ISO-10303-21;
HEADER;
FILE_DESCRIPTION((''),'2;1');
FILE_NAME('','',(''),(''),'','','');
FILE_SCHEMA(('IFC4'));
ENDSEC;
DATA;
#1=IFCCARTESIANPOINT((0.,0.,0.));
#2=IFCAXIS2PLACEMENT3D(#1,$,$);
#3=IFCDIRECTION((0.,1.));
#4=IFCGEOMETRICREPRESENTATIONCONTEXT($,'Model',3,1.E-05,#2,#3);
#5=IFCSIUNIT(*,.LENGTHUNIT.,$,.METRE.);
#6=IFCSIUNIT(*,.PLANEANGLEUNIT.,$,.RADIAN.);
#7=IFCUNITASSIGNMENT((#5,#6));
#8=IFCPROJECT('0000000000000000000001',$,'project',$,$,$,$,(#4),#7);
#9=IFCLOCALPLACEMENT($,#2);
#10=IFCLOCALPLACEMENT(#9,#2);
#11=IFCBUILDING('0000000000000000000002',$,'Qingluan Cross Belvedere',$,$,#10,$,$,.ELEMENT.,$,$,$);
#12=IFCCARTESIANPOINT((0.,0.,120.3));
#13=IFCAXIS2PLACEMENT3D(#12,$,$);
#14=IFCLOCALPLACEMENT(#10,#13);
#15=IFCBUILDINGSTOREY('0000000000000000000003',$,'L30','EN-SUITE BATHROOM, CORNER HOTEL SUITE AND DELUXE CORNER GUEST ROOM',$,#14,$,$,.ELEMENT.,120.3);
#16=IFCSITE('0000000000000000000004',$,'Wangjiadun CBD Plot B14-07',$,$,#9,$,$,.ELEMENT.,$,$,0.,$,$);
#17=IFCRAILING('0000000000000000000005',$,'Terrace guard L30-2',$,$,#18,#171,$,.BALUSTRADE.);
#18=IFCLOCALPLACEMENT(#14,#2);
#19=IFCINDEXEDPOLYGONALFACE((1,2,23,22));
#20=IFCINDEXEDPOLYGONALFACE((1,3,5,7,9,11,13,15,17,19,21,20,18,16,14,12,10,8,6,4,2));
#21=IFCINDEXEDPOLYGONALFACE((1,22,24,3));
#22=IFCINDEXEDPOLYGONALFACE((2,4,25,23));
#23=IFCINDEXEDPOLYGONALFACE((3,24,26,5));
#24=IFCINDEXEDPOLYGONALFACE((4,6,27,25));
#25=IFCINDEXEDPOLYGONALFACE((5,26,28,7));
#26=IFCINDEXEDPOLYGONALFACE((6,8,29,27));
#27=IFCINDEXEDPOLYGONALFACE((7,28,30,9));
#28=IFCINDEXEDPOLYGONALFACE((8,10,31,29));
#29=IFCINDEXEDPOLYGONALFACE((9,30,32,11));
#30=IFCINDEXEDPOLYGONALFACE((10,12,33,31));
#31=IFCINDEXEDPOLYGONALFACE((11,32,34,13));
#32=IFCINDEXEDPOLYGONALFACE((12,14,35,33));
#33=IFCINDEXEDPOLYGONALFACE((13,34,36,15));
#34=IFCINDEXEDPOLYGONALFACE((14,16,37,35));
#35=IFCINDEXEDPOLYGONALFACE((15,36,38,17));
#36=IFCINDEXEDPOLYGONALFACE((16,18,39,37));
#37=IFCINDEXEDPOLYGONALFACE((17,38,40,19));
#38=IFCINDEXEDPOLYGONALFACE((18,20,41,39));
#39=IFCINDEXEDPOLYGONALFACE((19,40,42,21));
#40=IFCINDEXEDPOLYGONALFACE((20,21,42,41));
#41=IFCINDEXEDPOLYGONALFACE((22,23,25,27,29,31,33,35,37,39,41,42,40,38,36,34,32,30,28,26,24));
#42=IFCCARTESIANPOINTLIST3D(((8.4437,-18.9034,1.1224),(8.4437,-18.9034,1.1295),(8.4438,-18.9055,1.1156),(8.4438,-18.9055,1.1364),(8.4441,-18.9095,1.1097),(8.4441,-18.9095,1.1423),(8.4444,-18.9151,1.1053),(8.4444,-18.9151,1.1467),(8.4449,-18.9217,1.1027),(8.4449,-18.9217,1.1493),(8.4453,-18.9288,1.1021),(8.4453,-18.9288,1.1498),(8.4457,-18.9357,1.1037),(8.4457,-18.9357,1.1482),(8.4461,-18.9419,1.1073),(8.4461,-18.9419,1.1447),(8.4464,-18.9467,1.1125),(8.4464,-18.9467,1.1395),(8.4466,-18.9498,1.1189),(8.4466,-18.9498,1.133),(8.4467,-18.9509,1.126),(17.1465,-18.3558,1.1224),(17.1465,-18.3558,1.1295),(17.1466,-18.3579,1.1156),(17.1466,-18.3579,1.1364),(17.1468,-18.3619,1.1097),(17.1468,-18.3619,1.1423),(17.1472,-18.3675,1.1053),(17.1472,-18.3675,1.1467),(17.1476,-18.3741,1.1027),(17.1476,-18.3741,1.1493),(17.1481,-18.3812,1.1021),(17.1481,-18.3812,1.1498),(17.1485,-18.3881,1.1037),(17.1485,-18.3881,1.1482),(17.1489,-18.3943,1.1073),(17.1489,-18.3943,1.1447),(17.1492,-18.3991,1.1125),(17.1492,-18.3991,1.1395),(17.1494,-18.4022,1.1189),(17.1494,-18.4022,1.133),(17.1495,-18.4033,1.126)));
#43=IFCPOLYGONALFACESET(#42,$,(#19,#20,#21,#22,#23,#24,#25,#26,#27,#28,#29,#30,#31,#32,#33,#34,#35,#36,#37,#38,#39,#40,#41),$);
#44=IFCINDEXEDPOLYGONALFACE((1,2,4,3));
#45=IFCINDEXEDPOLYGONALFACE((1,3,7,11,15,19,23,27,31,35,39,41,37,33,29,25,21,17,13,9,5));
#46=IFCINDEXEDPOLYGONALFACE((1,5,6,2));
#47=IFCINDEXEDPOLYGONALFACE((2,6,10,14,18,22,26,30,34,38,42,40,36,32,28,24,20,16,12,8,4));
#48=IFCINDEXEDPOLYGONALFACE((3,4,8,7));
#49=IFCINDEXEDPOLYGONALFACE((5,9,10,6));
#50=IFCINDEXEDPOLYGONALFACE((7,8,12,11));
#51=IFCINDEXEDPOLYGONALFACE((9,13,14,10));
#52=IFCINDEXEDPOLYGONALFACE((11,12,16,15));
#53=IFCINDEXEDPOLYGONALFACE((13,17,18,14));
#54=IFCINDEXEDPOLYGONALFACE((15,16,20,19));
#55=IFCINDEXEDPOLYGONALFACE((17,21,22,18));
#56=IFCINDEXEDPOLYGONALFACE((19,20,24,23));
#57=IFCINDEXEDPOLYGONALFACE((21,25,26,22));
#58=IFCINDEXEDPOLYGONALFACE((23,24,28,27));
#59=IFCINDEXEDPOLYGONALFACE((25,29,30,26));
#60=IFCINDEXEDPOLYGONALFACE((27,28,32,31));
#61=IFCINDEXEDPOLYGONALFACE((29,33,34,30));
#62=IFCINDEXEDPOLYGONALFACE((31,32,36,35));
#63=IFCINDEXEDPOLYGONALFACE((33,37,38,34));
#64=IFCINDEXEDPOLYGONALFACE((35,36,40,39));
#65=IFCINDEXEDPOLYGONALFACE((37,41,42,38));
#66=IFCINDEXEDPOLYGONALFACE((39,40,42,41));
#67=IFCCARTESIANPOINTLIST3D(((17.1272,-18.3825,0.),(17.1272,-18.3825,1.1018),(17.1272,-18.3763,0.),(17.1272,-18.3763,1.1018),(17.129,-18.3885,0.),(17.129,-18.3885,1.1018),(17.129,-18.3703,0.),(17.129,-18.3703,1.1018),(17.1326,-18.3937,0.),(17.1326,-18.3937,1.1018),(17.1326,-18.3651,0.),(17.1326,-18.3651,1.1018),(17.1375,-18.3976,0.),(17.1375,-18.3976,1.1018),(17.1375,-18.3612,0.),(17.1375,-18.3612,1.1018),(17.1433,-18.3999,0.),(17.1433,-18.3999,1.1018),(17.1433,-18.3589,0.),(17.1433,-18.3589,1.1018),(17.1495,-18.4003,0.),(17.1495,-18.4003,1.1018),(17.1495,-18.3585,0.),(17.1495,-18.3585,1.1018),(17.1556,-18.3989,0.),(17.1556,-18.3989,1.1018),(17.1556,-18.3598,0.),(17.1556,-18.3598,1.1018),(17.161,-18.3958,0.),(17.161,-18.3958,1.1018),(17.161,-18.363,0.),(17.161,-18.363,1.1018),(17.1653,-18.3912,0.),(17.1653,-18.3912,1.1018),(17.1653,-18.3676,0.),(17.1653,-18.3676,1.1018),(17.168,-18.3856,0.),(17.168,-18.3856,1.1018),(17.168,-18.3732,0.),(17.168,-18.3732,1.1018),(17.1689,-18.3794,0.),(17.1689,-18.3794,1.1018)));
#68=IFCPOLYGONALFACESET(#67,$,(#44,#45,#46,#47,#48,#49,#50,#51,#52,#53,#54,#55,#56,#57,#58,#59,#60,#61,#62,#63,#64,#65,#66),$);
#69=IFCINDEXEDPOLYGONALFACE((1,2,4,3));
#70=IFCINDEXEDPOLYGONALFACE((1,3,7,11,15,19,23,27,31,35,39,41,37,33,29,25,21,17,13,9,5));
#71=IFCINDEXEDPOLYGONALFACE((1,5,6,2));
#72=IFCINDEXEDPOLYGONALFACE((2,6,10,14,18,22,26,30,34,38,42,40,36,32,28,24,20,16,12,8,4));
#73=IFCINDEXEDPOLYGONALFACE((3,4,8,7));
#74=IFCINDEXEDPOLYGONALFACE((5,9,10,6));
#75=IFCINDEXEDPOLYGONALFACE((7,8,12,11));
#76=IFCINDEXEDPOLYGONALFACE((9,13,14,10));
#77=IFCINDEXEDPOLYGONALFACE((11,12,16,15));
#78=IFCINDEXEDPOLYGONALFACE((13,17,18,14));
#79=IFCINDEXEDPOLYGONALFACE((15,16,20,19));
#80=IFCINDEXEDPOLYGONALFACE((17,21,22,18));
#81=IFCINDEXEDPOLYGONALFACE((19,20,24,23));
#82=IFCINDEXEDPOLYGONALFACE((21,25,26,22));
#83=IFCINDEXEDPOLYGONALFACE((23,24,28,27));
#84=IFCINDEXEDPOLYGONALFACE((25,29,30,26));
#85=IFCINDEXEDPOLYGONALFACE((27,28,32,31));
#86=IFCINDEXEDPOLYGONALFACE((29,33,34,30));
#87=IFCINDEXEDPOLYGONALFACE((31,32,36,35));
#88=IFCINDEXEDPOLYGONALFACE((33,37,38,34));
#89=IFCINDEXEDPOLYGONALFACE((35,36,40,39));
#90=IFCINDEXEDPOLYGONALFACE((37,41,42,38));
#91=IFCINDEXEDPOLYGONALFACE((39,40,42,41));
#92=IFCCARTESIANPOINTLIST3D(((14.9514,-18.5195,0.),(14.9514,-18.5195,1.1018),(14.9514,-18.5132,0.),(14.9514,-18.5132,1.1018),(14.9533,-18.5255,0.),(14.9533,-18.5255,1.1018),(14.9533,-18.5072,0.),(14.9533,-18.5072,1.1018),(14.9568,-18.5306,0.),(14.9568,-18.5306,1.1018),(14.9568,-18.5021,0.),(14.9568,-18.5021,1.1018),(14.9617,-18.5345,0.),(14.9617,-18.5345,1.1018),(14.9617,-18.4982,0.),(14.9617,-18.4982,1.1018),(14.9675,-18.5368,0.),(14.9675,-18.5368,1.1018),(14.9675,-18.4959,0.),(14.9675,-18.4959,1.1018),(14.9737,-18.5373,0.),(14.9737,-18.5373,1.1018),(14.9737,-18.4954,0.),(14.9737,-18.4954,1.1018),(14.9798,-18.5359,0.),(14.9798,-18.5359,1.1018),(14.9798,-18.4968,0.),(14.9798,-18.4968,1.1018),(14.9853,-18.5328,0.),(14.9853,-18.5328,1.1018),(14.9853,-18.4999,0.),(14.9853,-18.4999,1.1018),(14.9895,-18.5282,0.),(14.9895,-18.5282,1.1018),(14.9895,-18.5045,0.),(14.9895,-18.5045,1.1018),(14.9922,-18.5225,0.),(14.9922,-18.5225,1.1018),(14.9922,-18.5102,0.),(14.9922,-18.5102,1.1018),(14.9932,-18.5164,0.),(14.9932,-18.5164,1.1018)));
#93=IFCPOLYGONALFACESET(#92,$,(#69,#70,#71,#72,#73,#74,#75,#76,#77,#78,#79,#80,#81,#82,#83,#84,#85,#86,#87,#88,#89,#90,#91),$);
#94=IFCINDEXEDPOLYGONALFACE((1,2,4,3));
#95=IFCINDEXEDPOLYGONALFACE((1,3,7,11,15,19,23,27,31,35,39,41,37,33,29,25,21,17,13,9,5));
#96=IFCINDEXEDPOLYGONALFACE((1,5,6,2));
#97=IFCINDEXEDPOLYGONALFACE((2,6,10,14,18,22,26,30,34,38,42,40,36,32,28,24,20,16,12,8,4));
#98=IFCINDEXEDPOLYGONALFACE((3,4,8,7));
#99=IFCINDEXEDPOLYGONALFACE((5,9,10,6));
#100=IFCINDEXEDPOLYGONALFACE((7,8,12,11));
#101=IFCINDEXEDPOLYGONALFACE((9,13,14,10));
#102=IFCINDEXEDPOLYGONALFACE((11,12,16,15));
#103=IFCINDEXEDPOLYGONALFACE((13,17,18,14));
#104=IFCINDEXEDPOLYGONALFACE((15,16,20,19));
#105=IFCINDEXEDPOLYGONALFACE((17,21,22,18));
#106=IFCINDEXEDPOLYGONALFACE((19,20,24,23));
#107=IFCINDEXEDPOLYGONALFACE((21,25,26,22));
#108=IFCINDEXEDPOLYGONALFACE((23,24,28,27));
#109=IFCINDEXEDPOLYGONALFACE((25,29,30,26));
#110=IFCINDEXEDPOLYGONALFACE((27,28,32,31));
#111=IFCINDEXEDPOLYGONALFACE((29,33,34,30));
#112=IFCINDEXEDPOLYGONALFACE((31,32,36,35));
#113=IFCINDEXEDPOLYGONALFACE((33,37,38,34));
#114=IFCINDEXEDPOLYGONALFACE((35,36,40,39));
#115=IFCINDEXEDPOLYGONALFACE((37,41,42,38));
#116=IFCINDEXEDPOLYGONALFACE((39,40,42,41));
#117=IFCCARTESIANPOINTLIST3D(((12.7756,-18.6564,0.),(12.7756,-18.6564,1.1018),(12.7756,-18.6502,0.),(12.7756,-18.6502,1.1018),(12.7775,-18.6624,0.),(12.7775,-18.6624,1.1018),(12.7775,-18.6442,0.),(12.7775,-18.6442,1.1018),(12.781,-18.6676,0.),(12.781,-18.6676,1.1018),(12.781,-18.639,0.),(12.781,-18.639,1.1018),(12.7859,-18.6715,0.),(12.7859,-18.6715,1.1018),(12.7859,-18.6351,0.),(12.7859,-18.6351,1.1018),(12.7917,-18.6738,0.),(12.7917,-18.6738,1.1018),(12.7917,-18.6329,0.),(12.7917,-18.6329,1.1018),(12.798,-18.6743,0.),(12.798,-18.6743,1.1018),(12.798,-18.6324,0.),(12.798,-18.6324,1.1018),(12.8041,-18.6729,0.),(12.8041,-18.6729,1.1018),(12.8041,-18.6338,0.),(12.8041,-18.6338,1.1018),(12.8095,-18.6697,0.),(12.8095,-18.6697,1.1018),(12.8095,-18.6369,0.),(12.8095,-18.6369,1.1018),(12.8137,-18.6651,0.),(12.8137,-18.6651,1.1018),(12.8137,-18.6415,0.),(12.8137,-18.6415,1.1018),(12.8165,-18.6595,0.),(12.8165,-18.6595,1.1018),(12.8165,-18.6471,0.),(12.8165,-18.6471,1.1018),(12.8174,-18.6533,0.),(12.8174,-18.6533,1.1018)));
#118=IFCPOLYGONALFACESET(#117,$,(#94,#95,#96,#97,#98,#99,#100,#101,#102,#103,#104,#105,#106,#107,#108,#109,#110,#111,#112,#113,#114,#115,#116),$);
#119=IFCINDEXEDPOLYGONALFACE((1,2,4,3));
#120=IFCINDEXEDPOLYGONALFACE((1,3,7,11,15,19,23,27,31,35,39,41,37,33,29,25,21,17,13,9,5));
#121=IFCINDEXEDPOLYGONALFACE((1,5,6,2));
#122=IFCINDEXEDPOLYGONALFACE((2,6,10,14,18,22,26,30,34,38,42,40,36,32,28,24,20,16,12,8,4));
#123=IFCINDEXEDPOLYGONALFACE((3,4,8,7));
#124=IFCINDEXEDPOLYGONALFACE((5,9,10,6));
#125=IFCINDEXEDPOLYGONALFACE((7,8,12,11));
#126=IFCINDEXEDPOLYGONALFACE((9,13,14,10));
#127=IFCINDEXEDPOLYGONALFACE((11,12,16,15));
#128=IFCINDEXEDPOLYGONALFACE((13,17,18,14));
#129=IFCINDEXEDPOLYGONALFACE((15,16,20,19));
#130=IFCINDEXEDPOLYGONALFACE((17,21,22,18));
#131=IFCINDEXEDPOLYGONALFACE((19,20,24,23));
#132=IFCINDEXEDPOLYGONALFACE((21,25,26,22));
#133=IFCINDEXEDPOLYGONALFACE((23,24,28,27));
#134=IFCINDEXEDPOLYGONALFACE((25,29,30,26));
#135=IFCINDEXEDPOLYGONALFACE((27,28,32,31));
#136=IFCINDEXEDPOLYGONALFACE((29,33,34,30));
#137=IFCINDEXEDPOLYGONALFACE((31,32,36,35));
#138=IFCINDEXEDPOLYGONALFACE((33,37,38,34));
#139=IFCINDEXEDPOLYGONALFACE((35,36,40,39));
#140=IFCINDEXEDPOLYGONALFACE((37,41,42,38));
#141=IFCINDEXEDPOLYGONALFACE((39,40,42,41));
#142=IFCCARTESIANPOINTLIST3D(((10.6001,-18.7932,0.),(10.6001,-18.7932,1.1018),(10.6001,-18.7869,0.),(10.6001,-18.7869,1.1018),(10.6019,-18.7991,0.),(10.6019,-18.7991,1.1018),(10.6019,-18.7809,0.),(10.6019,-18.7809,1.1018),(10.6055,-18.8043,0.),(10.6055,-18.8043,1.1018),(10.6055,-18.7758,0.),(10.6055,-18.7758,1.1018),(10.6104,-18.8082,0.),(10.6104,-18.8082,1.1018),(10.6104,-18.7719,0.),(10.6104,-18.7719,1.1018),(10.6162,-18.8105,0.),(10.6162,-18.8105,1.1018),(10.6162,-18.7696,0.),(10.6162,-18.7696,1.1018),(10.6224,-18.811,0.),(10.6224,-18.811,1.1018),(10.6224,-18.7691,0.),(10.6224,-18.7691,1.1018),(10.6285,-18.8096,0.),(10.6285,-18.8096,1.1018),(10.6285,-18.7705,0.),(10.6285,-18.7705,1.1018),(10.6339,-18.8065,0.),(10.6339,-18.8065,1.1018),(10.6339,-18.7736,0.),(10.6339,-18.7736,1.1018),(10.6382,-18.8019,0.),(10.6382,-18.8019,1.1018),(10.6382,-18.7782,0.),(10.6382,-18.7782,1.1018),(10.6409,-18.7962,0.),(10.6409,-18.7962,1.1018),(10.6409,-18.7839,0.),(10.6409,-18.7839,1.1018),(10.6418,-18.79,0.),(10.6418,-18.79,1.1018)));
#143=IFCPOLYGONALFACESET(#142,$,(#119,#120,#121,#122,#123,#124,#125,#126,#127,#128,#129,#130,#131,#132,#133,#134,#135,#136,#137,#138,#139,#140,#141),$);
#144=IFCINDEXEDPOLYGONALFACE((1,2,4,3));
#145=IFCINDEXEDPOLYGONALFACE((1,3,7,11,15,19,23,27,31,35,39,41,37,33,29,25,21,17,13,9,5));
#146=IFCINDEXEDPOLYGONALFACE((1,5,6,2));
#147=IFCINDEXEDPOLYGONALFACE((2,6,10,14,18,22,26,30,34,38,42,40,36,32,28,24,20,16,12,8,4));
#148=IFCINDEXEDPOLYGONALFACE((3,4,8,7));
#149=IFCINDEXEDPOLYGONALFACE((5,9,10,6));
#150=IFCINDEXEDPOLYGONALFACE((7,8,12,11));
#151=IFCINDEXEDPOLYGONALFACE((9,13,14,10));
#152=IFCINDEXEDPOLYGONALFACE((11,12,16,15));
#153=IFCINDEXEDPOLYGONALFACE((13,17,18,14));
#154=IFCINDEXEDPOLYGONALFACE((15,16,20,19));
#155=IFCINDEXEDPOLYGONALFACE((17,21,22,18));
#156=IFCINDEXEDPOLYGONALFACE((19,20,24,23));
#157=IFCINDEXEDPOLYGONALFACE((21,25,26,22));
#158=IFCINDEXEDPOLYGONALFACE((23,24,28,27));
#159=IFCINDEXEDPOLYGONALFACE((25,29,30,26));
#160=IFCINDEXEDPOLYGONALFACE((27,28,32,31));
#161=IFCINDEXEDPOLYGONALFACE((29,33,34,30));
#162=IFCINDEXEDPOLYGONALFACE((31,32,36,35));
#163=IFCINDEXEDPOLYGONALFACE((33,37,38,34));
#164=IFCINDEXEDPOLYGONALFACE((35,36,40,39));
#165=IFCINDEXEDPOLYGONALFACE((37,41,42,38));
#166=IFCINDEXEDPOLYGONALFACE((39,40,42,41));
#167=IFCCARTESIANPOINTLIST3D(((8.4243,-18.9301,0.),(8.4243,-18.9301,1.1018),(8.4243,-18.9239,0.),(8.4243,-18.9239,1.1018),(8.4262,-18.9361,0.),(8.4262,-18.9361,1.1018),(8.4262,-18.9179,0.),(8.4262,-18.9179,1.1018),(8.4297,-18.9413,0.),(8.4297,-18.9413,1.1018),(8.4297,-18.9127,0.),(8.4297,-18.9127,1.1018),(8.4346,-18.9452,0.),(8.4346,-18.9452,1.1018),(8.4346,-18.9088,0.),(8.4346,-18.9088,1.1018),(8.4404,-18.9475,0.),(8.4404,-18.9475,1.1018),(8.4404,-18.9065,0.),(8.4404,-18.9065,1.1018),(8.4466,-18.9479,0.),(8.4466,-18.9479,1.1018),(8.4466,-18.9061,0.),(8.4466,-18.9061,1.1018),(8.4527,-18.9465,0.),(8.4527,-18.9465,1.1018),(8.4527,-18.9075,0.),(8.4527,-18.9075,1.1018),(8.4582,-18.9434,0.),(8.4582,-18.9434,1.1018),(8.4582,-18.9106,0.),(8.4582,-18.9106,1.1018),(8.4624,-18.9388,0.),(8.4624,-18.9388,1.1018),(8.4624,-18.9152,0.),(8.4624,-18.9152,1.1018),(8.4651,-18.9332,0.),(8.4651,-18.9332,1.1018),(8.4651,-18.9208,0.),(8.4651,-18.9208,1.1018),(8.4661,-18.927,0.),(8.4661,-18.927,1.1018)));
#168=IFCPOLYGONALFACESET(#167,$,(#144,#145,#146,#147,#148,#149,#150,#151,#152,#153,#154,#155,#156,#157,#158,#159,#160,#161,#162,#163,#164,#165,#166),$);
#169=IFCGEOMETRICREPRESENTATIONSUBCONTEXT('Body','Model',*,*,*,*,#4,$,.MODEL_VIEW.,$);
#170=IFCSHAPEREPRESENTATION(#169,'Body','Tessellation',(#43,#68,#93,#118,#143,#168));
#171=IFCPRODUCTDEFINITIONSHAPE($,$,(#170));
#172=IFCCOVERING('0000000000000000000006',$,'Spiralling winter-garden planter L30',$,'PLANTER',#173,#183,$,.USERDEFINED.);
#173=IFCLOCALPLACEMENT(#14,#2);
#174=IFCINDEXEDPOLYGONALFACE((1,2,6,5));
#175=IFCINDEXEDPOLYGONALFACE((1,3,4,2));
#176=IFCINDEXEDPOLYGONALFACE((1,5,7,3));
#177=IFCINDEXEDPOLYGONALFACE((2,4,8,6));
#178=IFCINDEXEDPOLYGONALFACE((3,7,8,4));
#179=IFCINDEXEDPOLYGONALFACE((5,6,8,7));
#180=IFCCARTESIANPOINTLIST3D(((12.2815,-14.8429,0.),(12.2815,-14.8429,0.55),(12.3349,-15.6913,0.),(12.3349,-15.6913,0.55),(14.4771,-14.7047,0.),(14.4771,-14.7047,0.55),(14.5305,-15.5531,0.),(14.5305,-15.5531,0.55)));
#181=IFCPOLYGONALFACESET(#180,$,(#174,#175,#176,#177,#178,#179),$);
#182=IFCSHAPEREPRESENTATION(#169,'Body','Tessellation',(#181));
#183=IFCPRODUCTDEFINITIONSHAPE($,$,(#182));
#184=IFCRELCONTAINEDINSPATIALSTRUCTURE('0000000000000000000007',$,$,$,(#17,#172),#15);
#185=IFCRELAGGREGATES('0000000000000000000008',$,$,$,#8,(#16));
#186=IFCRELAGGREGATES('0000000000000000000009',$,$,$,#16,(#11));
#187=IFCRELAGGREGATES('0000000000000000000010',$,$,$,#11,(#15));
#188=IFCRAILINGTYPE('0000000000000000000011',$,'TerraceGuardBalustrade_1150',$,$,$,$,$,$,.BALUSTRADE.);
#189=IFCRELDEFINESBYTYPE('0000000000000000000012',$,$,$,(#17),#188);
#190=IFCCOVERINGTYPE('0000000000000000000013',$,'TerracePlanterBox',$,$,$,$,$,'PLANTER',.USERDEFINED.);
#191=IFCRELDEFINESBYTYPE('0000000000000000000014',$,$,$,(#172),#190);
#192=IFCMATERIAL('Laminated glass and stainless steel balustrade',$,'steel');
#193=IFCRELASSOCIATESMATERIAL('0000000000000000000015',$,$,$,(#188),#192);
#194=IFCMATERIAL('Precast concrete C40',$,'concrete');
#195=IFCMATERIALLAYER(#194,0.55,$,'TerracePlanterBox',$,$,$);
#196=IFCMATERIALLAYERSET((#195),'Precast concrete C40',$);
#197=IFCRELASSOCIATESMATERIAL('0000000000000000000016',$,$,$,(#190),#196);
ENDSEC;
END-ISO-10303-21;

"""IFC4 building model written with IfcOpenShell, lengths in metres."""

from ifc_helpers import new_model, si_unit, direction, frame, origin, origin_2d, place, context, subcontext, project, spatial, rectangle, circle, extrude, material, layer, layer_set, type_object, element, save


model = new_model("IFC4")

# Units and contexts
model_context = context("Model", 3, precision=1e-05, world=origin(), true_north=direction((0.0, 1.0)))
body_context = subcontext(model_context, "Body", "Model", "MODEL_VIEW")
ifc_project = project(units=[si_unit("LENGTHUNIT", "METRE"), si_unit("PLANEANGLEUNIT", "RADIAN")], contexts=[model_context])

# Site, building, storey
site_placement = place(None, origin())
site = spatial("IfcSite", under=ifc_project, at=site_placement, Name="Wangjiadun CBD Plot B14-07", CompositionType="ELEMENT", RefElevation=0.0)
building_placement = place(site_placement, origin())
building = spatial("IfcBuilding", under=site, at=building_placement, Name="Qingluan Cross Belvedere", CompositionType="ELEMENT")
storey_placement = place(building_placement, frame((0.0, 0.0, 120.3)))
storey = spatial("IfcBuildingStorey", under=building, at=storey_placement, Name="L30", Description="EN-SUITE BATHROOM, CORNER HOTEL SUITE AND DELUXE CORNER GUEST ROOM", CompositionType="ELEMENT", Elevation=120.3)

# Railing
ifc_material_1 = material(Name="Laminated glass and stainless steel balustrade", Category="steel")
railing_type = type_object("IfcRailingType", Name="TerraceGuardBalustrade_1150", PredefinedType="BALUSTRADE", material=ifc_material_1)
railing_placement = place(storey_placement, frame((17.1479, -18.3794, 0.0)))
element("IfcRailing", 1, at=railing_placement, inside=storey, type_object=railing_type, Name="Terrace guard L30-2", PredefinedType="BALUSTRADE", context=body_context, shape_type="SweptSolid", body=[
    extrude(circle(Radius=0.0239, at=origin_2d()), frame((0.0, 0.0, 1.126), z_axis=(-0.998026, -0.062798, 0.0), x_axis=(0.062798, -0.998026, 0.0)), (0.0, 0.0, 1.0), 8.72),
    extrude(circle(Radius=0.021, at=origin_2d()), origin(), (0.0, 0.0, 1.0), 1.1018),
    extrude(circle(Radius=0.021, at=origin_2d()), frame((-2.1758, -0.137, 0.0)), (0.0, 0.0, 1.0), 1.1018),
    extrude(circle(Radius=0.021, at=origin_2d()), frame((-4.3516, -0.2739, 0.0)), (0.0, 0.0, 1.0), 1.1018),
    extrude(circle(Radius=0.021, at=origin_2d()), frame((-6.5271, -0.4106, 0.0)), (0.0, 0.0, 1.0), 1.1018),
    extrude(circle(Radius=0.021, at=origin_2d()), frame((-8.7029, -0.5476, 0.0)), (0.0, 0.0, 1.0), 1.1018),
])

# Covering
ifc_material_2 = material(Name="Precast concrete C40", Category="concrete")
ifc_layer_1 = layer(ifc_material_2, 0.55, Name="TerracePlanterBox")
ifc_layer_set_1 = layer_set([ifc_layer_1], Name="Precast concrete C40")
covering_type_1 = type_object("IfcCoveringType", Name="TerracePlanterBox", ElementType="PLANTER", PredefinedType="USERDEFINED", material=ifc_layer_set_1)
covering_1_placement = place(storey_placement, frame((13.406, -15.198, 0.0), z_axis=(0.0, 0.0, 1.0), x_axis=(0.998027, 0.062791, 0.0)))
element("IfcCovering", 2, at=covering_1_placement, inside=storey, type_object=covering_type_1, Name="Spiralling winter-garden planter L30", ObjectType="PLANTER", PredefinedType="USERDEFINED", context=body_context, shape_type="SweptSolid", body=[
    extrude(rectangle(XDim=2.2, YDim=0.8501, at=origin_2d()), origin(), (0.0, 0.0, 1.0), 0.55),
])

save(model, "model.ifc")
